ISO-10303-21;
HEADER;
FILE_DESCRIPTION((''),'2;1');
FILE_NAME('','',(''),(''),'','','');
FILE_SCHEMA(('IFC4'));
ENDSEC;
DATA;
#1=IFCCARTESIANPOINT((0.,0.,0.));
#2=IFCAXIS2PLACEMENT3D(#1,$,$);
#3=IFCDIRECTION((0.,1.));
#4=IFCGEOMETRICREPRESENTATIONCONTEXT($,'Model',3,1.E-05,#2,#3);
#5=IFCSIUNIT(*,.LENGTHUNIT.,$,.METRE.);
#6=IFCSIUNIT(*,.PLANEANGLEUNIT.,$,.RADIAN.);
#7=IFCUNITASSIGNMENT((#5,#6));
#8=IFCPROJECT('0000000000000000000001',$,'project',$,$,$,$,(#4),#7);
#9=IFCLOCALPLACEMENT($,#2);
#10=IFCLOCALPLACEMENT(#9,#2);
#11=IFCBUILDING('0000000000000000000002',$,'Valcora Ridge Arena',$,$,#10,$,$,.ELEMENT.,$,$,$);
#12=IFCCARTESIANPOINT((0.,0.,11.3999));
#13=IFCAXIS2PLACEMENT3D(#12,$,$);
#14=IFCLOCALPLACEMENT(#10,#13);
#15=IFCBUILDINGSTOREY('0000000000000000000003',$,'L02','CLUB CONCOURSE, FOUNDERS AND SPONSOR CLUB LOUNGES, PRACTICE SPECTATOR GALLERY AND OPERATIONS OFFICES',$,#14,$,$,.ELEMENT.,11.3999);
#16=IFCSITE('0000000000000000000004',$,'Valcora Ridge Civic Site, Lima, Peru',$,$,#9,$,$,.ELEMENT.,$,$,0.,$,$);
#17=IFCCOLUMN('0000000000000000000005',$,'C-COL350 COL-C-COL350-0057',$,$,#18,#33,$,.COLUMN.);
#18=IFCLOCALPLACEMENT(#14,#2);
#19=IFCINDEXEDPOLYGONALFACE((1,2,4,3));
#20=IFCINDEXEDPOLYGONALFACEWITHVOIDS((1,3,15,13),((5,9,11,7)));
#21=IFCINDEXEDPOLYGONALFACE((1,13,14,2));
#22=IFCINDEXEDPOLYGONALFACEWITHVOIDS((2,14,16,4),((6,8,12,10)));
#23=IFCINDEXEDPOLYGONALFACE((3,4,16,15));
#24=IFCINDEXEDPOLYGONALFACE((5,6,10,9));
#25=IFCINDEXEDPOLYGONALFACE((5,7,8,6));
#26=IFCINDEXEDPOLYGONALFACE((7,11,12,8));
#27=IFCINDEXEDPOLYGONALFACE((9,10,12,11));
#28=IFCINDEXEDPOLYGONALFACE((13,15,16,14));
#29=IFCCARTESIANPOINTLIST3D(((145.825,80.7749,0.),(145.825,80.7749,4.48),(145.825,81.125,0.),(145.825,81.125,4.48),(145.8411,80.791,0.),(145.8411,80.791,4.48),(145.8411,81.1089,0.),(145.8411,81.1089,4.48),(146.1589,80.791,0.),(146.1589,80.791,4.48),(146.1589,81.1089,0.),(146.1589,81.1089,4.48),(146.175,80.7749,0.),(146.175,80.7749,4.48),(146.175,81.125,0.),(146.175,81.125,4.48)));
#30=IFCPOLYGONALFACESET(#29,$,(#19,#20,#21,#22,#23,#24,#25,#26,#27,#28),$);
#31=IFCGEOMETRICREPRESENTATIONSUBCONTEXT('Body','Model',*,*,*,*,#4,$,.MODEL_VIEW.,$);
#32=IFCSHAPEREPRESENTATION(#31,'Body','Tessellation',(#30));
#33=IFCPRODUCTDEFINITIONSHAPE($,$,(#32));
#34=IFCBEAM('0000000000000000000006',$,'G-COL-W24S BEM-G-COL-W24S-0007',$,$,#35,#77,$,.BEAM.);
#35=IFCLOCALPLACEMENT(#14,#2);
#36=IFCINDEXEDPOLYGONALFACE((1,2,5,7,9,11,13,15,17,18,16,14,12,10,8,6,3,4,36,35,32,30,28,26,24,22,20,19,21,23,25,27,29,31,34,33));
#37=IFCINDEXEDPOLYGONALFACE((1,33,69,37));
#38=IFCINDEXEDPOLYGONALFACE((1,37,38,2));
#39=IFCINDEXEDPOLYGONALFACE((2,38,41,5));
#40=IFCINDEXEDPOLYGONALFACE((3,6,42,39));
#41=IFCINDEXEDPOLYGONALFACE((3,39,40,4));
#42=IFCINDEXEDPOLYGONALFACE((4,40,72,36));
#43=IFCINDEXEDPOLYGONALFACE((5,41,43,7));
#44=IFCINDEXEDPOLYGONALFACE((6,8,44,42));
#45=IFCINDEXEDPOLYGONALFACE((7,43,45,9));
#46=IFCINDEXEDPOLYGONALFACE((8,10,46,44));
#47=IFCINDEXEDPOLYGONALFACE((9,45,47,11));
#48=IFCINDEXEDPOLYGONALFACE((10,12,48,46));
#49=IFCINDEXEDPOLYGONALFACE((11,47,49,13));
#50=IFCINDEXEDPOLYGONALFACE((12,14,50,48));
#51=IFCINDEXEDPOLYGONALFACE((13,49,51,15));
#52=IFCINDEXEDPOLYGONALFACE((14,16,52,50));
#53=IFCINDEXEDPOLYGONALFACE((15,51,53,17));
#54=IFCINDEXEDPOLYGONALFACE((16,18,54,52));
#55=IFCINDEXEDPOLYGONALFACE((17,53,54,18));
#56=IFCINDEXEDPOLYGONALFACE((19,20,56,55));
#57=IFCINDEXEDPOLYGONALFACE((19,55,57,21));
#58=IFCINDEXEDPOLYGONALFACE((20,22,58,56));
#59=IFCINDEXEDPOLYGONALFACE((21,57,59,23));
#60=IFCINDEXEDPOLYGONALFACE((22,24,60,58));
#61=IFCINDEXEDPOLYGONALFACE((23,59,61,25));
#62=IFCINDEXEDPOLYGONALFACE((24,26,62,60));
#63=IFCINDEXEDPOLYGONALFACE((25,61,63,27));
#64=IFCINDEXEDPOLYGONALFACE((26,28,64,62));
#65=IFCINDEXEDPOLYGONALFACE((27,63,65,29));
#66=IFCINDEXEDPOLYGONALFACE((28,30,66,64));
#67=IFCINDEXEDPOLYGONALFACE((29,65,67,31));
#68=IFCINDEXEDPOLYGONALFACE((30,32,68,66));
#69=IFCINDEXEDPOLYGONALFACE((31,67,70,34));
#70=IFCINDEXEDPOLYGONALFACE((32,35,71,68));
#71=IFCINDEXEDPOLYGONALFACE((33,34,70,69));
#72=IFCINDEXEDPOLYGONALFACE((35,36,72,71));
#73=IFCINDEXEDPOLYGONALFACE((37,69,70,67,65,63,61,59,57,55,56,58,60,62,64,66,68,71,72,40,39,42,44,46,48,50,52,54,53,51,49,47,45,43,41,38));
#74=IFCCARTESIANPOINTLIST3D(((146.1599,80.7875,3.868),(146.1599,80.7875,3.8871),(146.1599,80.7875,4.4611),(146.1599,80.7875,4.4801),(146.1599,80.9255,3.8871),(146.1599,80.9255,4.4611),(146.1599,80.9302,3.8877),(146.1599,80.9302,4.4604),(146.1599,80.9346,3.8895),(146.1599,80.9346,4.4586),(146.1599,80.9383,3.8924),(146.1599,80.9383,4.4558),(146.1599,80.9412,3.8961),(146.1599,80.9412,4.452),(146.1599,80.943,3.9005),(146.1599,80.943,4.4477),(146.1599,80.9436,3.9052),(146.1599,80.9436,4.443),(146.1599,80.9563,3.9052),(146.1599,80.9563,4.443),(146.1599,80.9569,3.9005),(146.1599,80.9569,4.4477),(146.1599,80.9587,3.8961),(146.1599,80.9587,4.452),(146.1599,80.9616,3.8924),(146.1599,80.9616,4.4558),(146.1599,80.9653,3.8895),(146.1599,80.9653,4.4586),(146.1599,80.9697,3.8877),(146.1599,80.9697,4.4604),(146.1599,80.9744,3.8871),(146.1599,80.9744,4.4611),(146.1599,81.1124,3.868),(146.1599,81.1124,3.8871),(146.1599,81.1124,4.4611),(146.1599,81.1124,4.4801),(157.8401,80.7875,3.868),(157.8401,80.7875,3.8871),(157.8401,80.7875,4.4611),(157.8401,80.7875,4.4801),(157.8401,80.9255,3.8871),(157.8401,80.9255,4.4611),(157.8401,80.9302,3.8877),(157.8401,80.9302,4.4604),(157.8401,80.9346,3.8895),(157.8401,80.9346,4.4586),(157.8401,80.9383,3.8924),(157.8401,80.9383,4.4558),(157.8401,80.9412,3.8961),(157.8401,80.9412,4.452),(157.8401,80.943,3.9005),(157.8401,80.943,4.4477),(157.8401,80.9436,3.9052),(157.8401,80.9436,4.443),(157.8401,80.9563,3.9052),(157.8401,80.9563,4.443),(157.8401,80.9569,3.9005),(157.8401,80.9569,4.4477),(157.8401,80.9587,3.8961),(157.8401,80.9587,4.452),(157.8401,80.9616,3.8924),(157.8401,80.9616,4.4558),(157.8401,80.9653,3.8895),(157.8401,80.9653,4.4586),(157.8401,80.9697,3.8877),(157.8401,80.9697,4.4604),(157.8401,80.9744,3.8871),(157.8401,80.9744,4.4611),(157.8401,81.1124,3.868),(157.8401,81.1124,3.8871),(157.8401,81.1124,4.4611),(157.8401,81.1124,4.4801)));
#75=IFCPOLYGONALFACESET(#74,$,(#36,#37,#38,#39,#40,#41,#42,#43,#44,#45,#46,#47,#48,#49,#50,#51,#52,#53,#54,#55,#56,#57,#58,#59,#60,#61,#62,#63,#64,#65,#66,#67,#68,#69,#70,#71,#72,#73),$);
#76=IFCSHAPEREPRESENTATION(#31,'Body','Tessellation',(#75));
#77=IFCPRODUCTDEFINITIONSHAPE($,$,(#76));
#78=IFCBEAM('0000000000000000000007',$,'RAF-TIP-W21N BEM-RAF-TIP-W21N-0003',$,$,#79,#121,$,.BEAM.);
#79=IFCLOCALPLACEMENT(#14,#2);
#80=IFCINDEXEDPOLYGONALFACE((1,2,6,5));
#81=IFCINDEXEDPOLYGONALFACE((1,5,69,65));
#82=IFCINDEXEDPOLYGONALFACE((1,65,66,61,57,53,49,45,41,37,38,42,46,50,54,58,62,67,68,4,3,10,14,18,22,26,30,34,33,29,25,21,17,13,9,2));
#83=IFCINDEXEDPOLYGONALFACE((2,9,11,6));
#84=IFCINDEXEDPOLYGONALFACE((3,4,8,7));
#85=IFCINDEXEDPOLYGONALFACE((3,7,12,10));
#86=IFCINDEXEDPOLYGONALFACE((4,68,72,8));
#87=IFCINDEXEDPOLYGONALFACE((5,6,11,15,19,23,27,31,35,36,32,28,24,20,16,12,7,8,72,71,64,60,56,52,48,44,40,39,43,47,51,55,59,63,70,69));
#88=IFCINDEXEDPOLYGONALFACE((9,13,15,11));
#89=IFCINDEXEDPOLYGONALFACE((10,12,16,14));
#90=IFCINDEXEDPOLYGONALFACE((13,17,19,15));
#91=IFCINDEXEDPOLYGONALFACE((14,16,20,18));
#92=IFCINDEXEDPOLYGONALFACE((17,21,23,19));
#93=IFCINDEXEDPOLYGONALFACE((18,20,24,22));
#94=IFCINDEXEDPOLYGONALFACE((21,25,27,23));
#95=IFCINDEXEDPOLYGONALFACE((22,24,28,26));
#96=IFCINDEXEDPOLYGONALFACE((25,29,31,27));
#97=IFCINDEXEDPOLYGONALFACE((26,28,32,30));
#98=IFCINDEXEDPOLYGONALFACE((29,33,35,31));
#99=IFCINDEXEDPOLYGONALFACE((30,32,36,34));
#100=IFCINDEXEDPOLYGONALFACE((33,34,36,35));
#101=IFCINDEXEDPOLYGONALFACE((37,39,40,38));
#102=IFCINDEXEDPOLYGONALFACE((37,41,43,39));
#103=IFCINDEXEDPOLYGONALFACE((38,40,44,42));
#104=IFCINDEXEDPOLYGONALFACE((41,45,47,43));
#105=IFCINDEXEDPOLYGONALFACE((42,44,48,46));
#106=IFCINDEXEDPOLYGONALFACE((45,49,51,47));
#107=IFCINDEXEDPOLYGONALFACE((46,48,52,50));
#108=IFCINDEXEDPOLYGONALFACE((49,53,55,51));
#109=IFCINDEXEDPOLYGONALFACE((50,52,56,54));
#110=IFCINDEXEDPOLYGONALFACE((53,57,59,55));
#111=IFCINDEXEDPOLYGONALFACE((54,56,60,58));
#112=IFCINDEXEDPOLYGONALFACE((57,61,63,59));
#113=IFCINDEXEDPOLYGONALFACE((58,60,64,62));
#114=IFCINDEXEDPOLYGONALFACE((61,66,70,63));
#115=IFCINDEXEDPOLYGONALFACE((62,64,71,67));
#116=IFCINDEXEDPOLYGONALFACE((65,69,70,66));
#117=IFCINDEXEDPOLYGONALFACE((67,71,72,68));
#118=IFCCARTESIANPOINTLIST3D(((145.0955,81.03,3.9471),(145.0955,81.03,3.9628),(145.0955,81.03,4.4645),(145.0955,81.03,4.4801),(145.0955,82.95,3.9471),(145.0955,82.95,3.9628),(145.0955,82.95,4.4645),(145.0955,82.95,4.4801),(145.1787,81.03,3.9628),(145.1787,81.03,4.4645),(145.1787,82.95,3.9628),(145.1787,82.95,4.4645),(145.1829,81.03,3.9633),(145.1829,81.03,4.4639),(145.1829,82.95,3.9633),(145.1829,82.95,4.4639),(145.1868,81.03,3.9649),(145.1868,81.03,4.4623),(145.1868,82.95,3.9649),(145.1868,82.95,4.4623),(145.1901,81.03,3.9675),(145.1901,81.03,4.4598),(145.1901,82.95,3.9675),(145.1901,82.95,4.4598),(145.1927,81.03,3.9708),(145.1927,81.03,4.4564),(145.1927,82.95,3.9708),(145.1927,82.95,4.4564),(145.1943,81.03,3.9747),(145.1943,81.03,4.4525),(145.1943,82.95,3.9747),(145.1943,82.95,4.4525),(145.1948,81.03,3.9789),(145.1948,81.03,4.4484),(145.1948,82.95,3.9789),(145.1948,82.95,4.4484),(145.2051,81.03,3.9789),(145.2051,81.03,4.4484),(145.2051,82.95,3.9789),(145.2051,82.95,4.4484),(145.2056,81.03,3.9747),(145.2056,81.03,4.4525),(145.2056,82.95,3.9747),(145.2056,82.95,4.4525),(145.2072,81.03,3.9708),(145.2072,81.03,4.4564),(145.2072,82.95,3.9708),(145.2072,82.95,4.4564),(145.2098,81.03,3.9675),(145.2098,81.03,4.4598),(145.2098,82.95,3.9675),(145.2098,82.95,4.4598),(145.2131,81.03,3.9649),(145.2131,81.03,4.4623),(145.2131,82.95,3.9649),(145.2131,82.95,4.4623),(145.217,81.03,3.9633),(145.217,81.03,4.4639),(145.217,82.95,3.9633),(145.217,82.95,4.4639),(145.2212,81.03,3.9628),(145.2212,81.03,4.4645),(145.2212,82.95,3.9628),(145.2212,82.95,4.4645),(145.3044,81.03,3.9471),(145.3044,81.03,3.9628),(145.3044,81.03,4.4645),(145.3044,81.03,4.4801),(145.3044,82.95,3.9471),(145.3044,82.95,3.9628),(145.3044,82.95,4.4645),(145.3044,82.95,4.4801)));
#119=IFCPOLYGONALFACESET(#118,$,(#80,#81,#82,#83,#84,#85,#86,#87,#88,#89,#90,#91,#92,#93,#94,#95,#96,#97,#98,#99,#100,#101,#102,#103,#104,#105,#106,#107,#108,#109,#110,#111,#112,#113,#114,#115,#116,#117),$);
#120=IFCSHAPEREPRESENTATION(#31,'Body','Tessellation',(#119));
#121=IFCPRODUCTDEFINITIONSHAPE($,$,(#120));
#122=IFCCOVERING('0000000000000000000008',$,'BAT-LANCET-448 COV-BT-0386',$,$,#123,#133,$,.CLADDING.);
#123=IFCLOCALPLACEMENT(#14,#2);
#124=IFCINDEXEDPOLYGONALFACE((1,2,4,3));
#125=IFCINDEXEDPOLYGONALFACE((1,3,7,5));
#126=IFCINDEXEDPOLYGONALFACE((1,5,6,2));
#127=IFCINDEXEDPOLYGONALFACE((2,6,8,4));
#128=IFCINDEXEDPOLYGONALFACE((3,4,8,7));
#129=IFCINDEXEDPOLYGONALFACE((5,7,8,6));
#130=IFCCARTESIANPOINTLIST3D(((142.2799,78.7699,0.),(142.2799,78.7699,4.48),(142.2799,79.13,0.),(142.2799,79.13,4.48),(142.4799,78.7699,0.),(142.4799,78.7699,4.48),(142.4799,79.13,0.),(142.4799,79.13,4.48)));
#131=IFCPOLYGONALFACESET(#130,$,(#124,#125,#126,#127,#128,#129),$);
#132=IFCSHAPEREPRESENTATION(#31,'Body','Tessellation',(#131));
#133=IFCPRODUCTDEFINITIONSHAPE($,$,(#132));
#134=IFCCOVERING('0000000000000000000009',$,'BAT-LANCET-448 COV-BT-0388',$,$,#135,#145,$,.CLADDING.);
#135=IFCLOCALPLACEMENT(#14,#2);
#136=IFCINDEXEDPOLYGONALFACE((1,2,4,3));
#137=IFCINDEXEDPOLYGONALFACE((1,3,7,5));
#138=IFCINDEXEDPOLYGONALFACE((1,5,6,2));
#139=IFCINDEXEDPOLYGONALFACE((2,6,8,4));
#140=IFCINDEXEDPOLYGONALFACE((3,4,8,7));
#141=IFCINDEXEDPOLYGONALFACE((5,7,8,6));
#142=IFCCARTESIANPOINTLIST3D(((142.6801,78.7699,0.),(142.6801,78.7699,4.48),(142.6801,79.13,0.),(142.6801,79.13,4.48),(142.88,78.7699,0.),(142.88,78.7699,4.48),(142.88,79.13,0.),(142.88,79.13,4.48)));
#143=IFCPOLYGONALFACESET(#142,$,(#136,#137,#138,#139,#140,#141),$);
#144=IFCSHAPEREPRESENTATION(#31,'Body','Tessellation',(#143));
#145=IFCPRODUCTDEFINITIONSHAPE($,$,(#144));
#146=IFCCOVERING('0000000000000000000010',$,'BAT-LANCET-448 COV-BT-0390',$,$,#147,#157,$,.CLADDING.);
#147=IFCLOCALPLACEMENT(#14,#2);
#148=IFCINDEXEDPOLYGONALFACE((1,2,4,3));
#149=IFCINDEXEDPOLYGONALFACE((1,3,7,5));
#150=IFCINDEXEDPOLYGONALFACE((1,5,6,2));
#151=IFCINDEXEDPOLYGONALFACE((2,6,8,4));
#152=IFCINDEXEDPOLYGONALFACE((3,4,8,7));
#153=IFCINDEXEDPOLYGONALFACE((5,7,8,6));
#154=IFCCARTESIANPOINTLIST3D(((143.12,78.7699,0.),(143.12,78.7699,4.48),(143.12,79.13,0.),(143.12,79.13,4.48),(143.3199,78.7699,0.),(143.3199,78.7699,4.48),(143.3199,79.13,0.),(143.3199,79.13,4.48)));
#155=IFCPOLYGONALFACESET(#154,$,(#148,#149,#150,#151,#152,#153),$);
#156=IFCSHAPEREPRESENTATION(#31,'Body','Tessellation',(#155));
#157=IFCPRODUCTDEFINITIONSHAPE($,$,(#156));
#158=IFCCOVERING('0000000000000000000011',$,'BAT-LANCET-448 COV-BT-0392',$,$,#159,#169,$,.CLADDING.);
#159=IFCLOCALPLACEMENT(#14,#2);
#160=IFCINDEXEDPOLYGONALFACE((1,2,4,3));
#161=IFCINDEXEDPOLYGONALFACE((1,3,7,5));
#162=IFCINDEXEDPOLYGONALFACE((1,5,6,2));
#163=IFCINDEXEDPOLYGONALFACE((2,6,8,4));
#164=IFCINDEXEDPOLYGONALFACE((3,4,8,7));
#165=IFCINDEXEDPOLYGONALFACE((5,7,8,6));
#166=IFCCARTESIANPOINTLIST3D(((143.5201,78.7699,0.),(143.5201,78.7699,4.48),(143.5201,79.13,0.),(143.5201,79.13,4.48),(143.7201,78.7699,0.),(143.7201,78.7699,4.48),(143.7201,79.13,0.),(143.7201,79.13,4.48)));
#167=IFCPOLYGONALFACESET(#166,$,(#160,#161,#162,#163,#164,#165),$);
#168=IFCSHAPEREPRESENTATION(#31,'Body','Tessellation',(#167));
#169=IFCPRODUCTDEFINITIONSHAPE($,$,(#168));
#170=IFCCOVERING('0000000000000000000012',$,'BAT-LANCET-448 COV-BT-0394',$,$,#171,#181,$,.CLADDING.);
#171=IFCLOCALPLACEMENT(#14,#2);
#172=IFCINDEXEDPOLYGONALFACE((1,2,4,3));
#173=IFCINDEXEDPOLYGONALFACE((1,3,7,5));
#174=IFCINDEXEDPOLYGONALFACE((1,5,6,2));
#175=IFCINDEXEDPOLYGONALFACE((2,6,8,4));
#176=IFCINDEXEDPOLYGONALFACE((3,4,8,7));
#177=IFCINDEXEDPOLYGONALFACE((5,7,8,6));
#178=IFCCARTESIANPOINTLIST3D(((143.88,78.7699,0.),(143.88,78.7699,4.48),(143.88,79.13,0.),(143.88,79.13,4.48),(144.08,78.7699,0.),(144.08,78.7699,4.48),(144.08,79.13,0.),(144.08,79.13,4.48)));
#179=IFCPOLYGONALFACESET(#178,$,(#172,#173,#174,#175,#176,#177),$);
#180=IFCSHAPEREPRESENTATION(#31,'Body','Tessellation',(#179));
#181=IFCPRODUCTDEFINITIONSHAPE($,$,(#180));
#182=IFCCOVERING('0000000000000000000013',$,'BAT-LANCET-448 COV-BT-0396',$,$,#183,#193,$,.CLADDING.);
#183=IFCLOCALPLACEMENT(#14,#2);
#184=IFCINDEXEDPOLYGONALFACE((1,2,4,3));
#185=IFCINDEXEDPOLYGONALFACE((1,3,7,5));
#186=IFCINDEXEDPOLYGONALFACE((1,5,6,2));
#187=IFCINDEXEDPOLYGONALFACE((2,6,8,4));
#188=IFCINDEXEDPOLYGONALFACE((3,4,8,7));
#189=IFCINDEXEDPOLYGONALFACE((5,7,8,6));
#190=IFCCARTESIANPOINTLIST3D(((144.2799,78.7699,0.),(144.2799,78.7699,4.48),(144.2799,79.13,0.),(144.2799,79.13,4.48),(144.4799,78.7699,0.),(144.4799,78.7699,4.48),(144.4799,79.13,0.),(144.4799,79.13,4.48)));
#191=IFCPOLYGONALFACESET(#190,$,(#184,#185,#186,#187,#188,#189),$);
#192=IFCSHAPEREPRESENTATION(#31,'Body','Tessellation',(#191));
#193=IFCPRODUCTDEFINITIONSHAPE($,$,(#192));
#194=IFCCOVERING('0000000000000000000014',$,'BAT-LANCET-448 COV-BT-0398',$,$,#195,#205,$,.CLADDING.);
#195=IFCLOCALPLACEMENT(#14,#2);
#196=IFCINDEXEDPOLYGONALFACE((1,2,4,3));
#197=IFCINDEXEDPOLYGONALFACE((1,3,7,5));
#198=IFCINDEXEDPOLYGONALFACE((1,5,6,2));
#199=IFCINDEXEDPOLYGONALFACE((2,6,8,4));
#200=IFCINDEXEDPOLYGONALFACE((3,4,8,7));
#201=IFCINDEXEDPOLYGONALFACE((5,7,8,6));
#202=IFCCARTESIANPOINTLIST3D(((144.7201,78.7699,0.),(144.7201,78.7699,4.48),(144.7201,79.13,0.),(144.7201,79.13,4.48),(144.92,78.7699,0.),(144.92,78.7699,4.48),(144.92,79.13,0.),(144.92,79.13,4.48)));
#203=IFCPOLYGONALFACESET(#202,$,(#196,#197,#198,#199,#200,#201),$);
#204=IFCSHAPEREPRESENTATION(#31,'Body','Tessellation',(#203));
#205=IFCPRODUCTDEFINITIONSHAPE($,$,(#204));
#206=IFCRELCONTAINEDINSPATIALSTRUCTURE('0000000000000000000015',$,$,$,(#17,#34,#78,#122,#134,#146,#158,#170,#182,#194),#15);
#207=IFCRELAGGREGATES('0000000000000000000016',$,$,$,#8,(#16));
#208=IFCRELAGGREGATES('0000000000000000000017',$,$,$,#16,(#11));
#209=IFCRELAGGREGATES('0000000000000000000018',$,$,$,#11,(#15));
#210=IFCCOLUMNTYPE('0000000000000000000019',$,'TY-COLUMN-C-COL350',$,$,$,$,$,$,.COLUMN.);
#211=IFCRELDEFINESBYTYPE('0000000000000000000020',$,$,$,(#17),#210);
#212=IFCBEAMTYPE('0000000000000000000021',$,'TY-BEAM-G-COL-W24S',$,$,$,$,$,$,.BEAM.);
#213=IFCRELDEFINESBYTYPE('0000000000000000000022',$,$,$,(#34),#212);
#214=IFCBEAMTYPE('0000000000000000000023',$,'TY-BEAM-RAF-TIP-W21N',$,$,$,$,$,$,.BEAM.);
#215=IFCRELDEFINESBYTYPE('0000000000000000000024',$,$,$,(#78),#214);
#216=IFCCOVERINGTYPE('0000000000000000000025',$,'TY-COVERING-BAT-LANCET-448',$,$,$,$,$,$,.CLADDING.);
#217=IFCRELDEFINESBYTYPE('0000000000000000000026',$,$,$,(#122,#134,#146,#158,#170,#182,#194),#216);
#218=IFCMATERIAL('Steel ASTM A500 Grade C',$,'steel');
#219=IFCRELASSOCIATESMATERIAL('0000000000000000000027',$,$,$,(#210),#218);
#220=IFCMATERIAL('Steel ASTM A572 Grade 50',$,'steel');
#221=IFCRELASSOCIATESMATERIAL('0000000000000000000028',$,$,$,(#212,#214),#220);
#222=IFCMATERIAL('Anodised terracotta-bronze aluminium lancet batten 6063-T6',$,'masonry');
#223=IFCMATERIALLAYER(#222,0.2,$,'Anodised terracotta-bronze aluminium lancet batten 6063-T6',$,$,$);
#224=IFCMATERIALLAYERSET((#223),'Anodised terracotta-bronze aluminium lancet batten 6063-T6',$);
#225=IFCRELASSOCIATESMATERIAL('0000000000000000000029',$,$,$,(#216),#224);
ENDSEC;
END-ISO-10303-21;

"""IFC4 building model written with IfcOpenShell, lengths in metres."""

from ifc_helpers import new_model, si_unit, direction, frame, origin, origin_2d, place, context, subcontext, project, spatial, rectangle, hollow_rectangle, i_section, extrude, material, layer, layer_set, material_profile, profile_set, type_object, element, save


model = new_model("IFC4")

# Units and contexts
model_context = context("Model", 3, precision=1e-05, world=origin(), true_north=direction((0.0, 1.0)))
body_context = subcontext(model_context, "Body", "Model", "MODEL_VIEW")
ifc_project = project(units=[si_unit("LENGTHUNIT", "METRE"), si_unit("PLANEANGLEUNIT", "RADIAN")], contexts=[model_context])

# Site, building, storey
site_placement = place(None, origin())
site = spatial("IfcSite", under=ifc_project, at=site_placement, Name="Valcora Ridge Civic Site, Lima, Peru", CompositionType="ELEMENT", RefElevation=0.0)
building_placement = place(site_placement, origin())
building = spatial("IfcBuilding", under=site, at=building_placement, Name="Valcora Ridge Arena", CompositionType="ELEMENT")
storey_placement = place(building_placement, frame((0.0, 0.0, 11.3999)))
storey = spatial("IfcBuildingStorey", under=building, at=storey_placement, Name="L02", Description="CLUB CONCOURSE, FOUNDERS AND SPONSOR CLUB LOUNGES, PRACTICE SPECTATOR GALLERY AND OPERATIONS OFFICES", CompositionType="ELEMENT", Elevation=11.3999)

# Column
ifc_material_1 = material(Name="Steel ASTM A500 Grade C", Category="steel")
ifc_material_profile_1 = material_profile(ifc_material_1, hollow_rectangle(XDim=0.3501, YDim=0.3501, WallThickness=0.0161, at=origin_2d()), Name="HSS350X350X16")
ifc_profile_set_1 = profile_set([ifc_material_profile_1], Name="Steel ASTM A500 Grade C")
column_type = type_object("IfcColumnType", Name="TY-COLUMN-C-COL350", PredefinedType="COLUMN", material=ifc_profile_set_1)
column_placement = place(storey_placement, frame((146.0, 80.95, 0.0), z_axis=(0.0, 0.0, 1.0), x_axis=(1.0, 0.0, 0.0)))
element("IfcColumn", 1, at=column_placement, inside=storey, type_object=column_type, Name="C-COL350 COL-C-COL350-0057", PredefinedType="COLUMN", context=body_context, shape_type="SweptSolid", body=[
    extrude(hollow_rectangle(XDim=0.3501, YDim=0.3501, WallThickness=0.0161, at=origin_2d()), origin(), (0.0, 0.0, 1.0), 4.48),
])

# Beams
ifc_material_2 = material(Name="Steel ASTM A572 Grade 50", Category="steel")
ifc_material_profile_2 = material_profile(ifc_material_2, i_section(OverallWidth=0.325, OverallDepth=0.6121, WebThickness=0.0127, FlangeThickness=0.019, FilletRadius=0.0181, at=origin_2d()), Name="W24X104")
ifc_profile_set_2 = profile_set([ifc_material_profile_2], Name="Steel ASTM A572 Grade 50")
beam_type_1 = type_object("IfcBeamType", Name="TY-BEAM-G-COL-W24S", PredefinedType="BEAM", material=ifc_profile_set_2)
beam_1_placement = place(storey_placement, frame((146.1599, 80.95, 4.1741), z_axis=(1.0, 0.0, 0.0), x_axis=(0.0, 1.0, 0.0)))
element("IfcBeam", 2, at=beam_1_placement, inside=storey, type_object=beam_type_1, Name="G-COL-W24S BEM-G-COL-W24S-0007", PredefinedType="BEAM", context=body_context, shape_type="SweptSolid", body=[
    extrude(i_section(OverallWidth=0.325, OverallDepth=0.6121, WebThickness=0.0127, FlangeThickness=0.019, FilletRadius=0.0181, at=origin_2d()), origin(), (0.0, 0.0, 1.0), 11.6802),
])
ifc_material_profile_3 = material_profile(ifc_material_2, i_section(OverallWidth=0.209, OverallDepth=0.533, WebThickness=0.0103, FlangeThickness=0.0156, FilletRadius=0.0161, at=origin_2d()), Name="W21X62")
ifc_profile_set_3 = profile_set([ifc_material_profile_3], Name="Steel ASTM A572 Grade 50")
beam_type_2 = type_object("IfcBeamType", Name="TY-BEAM-RAF-TIP-W21N", PredefinedType="BEAM", material=ifc_profile_set_3)
beam_2_placement = place(storey_placement, frame((145.2, 81.03, 4.2136), z_axis=(0.0, 1.0, 0.0), x_axis=(-1.0, 0.0, 0.0)))
element("IfcBeam", 3, at=beam_2_placement, inside=storey, type_object=beam_type_2, Name="RAF-TIP-W21N BEM-RAF-TIP-W21N-0003", PredefinedType="BEAM", context=body_context, shape_type="SweptSolid", body=[
    extrude(i_section(OverallWidth=0.209, OverallDepth=0.533, WebThickness=0.0103, FlangeThickness=0.0156, FilletRadius=0.0161, at=origin_2d()), origin(), (0.0, 0.0, 1.0), 1.9199),
])

# Coverings
ifc_material_3 = material(Name="Anodised terracotta-bronze aluminium lancet batten 6063-T6", Category="masonry")
ifc_layer_1 = layer(ifc_material_3, 0.2, Name="Anodised terracotta-bronze aluminium lancet batten 6063-T6")
ifc_layer_set_1 = layer_set([ifc_layer_1], Name="Anodised terracotta-bronze aluminium lancet batten 6063-T6")
covering_type = type_object("IfcCoveringType", Name="TY-COVERING-BAT-LANCET-448", PredefinedType="CLADDING", material=ifc_layer_set_1)
for number, where, z_axis, x_axis, name in (
    (4, (142.3799, 78.95, 0.0), (0.0, 0.0, 1.0), (1.0, 0.0, 0.0), "BAT-LANCET-448 COV-BT-0386"),
    (5, (142.78, 78.95, 0.0), (0.0, 0.0, 1.0), (1.0, 0.0, 0.0), "BAT-LANCET-448 COV-BT-0388"),
    (6, (143.22, 78.95, 0.0), (0.0, 0.0, 1.0), (1.0, 0.0, 0.0), "BAT-LANCET-448 COV-BT-0390"),
    (7, (143.6201, 78.95, 0.0), (0.0, 0.0, 1.0), (1.0, 0.0, 0.0), "BAT-LANCET-448 COV-BT-0392"),
    (8, (143.98, 78.95, 0.0), (0.0, 0.0, 1.0), (1.0, 0.0, 0.0), "BAT-LANCET-448 COV-BT-0394"),
    (9, (144.3799, 78.95, 0.0), (0.0, 0.0, 1.0), (1.0, 0.0, 0.0), "BAT-LANCET-448 COV-BT-0396"),
    (10, (144.8201, 78.95, 0.0), (0.0, 0.0, 1.0), (1.0, 0.0, 0.0), "BAT-LANCET-448 COV-BT-0398"),
):
    element("IfcCovering", number, at=place(storey_placement, frame(where, z_axis=z_axis, x_axis=x_axis)), inside=storey, type_object=covering_type, Name=name, PredefinedType="CLADDING", context=body_context, shape_type="SweptSolid", body=[
        extrude(rectangle(XDim=0.2, YDim=0.3601, at=origin_2d()), origin(), (0.0, 0.0, 1.0), 4.48),
    ])

save(model, "model.ifc")
